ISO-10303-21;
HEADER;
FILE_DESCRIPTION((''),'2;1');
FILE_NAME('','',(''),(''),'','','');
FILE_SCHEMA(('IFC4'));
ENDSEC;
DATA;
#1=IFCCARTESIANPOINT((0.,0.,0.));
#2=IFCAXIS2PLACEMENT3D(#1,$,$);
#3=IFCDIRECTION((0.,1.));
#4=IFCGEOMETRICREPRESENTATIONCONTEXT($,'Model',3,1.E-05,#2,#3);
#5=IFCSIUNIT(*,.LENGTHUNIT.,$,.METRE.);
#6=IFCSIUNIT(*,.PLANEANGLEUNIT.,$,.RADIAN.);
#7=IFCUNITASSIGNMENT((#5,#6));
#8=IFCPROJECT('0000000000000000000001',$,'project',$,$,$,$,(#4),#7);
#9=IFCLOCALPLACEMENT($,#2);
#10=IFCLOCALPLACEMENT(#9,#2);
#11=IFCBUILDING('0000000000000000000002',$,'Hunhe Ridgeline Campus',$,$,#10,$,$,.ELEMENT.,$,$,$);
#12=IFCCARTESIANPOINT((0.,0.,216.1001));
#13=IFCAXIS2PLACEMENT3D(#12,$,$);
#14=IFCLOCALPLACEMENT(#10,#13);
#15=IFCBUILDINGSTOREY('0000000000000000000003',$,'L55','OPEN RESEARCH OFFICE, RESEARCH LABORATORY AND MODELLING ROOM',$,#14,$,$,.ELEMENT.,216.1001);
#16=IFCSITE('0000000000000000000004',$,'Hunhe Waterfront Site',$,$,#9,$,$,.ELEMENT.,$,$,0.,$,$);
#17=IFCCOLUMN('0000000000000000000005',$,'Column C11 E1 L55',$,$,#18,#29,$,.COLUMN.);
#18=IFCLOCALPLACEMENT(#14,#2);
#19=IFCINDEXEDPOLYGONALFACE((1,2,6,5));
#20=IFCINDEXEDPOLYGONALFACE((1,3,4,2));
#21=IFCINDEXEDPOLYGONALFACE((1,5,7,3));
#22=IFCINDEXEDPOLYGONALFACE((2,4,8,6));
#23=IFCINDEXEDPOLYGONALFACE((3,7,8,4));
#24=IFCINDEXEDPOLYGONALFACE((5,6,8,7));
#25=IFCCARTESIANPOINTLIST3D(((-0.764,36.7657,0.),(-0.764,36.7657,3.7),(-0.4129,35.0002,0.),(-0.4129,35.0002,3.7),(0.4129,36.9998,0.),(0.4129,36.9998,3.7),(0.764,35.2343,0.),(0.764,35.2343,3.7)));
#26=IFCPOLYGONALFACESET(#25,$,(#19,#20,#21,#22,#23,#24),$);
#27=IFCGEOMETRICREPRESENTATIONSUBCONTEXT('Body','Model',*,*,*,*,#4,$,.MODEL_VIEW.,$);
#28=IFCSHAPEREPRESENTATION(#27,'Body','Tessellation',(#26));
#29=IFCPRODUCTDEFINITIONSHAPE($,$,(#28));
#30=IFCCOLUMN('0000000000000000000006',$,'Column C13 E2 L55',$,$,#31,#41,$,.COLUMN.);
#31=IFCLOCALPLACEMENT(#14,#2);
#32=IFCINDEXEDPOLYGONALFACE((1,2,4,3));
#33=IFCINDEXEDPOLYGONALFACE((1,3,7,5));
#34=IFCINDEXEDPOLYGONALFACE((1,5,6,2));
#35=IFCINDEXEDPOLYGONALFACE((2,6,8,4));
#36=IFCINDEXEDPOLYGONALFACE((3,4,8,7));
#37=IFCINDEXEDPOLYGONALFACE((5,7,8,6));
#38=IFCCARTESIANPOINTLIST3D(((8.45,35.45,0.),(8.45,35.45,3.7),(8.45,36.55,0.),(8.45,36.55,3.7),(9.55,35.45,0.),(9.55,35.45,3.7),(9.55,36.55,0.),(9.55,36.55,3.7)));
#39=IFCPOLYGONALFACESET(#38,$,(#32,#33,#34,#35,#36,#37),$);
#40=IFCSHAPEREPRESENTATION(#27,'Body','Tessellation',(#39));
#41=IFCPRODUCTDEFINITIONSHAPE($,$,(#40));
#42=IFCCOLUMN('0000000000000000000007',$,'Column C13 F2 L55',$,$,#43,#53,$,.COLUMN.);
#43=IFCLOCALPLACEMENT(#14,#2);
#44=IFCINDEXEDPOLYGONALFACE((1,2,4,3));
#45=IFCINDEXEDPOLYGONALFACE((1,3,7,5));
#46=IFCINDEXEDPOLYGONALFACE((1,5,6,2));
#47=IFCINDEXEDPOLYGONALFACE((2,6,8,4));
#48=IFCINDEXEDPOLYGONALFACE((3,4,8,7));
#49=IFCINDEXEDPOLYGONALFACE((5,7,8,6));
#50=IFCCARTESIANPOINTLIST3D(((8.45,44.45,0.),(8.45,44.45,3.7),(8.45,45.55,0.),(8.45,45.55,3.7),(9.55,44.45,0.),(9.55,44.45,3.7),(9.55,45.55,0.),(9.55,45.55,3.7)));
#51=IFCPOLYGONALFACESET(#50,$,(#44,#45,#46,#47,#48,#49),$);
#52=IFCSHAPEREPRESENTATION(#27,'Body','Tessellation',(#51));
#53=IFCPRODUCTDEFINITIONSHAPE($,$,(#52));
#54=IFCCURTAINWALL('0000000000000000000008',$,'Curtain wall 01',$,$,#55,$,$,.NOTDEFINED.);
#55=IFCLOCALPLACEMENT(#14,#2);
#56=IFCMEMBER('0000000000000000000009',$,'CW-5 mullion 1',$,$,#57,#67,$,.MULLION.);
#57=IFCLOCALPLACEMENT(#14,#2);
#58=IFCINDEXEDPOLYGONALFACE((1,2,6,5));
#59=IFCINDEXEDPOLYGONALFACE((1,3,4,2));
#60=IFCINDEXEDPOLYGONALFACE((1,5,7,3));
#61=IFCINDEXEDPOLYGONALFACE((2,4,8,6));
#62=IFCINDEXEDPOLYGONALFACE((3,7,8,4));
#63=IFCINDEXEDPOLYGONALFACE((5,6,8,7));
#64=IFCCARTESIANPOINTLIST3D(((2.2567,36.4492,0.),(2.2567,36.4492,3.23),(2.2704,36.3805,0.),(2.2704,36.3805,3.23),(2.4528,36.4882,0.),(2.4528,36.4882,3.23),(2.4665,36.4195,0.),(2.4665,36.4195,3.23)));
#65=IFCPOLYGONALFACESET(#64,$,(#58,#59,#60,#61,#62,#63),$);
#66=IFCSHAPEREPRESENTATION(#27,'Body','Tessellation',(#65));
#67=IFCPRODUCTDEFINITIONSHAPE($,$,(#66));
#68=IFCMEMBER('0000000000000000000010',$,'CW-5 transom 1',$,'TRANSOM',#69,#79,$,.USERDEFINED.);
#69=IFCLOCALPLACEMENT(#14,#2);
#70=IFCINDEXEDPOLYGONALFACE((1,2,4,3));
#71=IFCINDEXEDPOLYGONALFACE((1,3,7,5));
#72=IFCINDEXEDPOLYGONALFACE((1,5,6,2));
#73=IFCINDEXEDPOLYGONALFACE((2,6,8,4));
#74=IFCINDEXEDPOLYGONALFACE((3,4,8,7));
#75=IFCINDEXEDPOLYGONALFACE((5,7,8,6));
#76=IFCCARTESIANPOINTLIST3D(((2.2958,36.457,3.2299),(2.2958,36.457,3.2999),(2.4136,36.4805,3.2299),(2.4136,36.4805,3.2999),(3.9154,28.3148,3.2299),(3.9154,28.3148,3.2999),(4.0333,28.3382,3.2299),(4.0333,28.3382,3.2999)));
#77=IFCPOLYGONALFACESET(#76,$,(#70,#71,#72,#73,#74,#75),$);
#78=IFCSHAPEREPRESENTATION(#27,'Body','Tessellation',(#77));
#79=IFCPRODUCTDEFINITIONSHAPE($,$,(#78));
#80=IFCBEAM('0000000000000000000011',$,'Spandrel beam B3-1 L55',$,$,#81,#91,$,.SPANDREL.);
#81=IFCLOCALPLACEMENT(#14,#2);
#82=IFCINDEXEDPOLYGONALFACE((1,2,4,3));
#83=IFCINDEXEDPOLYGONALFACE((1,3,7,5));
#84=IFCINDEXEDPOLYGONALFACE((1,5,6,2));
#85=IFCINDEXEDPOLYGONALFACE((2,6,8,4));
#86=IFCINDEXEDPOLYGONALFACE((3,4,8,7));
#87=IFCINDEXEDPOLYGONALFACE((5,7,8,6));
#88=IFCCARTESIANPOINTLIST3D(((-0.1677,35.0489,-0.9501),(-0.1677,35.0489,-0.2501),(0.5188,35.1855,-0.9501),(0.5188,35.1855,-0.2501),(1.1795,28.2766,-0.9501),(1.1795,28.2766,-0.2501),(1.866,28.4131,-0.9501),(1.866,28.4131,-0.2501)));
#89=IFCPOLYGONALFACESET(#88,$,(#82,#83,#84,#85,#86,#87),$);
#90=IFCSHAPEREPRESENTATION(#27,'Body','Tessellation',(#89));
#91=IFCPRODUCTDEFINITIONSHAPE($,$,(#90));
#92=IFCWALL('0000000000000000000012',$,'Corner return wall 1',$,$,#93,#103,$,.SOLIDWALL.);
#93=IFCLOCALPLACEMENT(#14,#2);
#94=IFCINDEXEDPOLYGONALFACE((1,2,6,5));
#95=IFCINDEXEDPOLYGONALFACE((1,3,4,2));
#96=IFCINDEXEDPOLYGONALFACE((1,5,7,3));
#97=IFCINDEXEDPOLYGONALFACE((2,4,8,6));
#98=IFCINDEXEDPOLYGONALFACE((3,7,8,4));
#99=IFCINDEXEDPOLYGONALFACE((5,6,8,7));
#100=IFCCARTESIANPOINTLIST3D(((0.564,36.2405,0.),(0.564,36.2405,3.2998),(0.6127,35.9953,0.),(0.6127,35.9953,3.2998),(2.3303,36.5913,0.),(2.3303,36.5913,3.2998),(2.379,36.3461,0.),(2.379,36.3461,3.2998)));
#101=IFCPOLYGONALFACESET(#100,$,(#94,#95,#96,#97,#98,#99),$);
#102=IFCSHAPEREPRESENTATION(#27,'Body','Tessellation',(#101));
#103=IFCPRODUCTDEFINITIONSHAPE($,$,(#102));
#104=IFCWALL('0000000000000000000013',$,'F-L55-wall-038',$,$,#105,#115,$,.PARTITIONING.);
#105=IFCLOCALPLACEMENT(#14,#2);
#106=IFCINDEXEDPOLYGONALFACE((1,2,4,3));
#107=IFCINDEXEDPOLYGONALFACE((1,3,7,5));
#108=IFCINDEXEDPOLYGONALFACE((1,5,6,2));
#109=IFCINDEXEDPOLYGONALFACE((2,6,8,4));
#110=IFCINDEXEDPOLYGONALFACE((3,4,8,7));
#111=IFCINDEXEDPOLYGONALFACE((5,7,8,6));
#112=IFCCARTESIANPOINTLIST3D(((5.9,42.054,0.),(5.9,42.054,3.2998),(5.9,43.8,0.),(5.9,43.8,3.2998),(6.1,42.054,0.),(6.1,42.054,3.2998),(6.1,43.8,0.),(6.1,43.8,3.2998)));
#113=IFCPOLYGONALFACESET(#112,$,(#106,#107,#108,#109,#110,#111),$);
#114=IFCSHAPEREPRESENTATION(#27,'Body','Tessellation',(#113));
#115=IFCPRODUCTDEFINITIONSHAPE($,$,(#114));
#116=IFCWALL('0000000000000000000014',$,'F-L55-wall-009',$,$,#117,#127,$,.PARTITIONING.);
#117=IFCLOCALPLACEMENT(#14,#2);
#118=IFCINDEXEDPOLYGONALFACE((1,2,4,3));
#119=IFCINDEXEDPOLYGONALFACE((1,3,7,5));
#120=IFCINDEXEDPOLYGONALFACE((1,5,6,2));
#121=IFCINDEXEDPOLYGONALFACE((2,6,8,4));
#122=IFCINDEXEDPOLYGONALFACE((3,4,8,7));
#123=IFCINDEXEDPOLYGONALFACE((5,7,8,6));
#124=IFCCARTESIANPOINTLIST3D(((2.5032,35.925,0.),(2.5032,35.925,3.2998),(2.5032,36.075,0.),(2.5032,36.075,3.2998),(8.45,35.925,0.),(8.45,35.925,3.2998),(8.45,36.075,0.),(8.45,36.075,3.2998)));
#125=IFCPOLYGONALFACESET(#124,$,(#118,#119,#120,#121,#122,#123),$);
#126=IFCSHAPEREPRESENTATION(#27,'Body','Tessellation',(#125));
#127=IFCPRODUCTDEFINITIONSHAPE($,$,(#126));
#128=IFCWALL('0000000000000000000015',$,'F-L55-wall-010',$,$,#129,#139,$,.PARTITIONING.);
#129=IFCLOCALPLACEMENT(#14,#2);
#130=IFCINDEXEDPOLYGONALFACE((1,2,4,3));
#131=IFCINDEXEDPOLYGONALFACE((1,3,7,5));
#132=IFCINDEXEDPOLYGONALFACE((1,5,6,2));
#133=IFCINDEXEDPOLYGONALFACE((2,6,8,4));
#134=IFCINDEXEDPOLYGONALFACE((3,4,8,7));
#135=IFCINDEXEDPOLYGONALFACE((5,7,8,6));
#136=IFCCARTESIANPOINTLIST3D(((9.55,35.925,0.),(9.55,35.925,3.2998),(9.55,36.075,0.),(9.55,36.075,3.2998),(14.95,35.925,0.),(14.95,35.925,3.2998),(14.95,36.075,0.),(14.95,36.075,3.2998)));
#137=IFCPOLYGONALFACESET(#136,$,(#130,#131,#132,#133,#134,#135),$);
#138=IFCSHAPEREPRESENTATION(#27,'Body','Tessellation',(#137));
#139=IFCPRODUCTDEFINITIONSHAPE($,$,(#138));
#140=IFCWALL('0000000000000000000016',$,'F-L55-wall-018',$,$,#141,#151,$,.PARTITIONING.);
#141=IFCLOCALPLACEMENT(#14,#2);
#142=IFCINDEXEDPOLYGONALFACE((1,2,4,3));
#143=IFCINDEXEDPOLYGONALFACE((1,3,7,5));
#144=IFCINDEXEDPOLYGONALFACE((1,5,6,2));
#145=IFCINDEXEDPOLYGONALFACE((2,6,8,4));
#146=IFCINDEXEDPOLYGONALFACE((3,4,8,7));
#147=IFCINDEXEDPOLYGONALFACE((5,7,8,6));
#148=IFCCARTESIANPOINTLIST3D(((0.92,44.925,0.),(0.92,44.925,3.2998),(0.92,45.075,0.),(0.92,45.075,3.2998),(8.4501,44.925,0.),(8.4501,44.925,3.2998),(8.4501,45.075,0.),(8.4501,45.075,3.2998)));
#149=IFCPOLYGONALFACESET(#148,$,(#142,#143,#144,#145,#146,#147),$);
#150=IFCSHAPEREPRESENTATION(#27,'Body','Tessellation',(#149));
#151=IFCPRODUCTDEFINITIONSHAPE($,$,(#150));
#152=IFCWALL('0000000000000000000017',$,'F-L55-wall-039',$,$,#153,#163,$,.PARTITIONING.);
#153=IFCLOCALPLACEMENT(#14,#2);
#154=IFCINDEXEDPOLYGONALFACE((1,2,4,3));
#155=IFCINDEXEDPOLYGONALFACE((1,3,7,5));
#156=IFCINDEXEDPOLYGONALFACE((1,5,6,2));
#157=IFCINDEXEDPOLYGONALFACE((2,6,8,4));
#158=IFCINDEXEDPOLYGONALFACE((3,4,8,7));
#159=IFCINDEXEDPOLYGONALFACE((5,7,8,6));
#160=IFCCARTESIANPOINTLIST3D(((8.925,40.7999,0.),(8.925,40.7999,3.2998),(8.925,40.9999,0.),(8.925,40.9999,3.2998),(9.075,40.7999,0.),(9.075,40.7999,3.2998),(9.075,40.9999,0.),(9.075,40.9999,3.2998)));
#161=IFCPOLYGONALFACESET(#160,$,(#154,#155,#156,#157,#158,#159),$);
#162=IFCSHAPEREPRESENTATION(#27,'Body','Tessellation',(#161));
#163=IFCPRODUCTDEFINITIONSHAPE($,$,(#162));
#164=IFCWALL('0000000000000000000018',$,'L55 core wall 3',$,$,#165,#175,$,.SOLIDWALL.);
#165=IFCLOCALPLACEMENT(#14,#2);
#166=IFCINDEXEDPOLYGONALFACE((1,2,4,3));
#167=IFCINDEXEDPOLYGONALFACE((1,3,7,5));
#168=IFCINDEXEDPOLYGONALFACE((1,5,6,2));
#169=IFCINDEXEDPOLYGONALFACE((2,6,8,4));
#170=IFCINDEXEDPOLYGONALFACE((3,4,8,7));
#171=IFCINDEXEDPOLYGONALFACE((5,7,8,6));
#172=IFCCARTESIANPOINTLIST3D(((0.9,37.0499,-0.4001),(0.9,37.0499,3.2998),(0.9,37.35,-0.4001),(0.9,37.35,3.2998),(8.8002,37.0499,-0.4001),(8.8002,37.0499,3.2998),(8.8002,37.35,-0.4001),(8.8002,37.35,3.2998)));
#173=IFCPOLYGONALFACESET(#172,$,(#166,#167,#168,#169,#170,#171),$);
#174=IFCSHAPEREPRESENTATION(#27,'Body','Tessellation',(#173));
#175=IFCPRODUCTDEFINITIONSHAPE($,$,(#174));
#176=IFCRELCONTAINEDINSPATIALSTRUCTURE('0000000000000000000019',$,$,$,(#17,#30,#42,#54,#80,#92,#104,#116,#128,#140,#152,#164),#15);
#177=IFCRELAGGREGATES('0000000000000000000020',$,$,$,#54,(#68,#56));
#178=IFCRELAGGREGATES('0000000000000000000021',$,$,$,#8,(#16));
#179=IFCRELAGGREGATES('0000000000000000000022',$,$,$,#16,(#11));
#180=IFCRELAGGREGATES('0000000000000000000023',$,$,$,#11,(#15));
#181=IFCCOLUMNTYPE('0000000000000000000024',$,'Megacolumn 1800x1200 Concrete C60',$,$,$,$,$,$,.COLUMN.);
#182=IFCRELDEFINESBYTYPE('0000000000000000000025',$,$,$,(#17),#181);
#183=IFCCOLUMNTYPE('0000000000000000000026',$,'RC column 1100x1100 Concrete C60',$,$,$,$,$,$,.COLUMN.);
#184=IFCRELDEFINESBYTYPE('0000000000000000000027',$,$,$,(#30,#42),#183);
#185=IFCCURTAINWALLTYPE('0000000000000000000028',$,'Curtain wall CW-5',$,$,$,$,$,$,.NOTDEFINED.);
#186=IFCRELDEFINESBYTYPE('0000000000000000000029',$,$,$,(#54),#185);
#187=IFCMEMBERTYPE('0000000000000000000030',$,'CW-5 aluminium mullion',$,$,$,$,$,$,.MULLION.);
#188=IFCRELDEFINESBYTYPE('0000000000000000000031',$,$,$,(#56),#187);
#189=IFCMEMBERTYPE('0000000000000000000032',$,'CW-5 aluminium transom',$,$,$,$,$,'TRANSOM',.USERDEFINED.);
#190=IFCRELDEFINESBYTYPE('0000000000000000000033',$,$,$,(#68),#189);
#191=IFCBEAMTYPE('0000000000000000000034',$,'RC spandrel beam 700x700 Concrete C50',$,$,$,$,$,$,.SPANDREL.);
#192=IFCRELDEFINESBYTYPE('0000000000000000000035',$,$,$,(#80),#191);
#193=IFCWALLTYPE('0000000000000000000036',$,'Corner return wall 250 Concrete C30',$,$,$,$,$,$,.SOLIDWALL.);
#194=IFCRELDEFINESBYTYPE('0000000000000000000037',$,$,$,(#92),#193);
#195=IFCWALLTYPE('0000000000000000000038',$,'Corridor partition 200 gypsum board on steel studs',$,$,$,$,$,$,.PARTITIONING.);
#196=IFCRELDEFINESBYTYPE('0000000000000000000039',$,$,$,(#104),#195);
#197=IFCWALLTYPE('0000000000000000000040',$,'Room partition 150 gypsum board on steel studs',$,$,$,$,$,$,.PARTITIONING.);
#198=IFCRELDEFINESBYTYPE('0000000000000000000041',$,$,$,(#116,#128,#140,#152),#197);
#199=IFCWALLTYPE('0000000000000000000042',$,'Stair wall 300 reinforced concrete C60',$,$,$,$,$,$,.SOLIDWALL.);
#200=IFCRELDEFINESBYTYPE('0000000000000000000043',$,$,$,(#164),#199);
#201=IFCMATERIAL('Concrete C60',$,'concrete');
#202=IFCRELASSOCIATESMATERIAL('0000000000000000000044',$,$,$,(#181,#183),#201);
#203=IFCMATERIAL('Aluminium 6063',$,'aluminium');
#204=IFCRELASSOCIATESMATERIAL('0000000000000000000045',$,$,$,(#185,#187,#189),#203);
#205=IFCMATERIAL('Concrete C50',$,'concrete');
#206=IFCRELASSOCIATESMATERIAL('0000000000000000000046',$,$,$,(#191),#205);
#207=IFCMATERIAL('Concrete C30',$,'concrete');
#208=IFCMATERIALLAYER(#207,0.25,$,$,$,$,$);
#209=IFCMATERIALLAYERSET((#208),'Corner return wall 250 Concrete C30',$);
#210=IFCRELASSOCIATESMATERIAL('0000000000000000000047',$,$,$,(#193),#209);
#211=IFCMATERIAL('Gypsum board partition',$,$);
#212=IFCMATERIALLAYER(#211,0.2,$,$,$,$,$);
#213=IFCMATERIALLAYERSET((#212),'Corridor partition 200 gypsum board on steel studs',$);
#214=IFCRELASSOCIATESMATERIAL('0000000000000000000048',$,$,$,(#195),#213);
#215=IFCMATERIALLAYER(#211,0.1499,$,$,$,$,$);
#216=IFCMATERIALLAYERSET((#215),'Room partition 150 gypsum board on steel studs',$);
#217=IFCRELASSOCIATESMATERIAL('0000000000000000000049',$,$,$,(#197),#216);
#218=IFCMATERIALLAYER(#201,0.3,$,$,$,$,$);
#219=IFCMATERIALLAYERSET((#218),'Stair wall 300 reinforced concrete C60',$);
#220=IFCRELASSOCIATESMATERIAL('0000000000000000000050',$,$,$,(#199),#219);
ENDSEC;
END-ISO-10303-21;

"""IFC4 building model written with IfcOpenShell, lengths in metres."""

from ifc_helpers import new_model, si_unit, direction, frame, frame_2d, origin, origin_2d, place, context, subcontext, project, spatial, rectangle, extrude, material, layer, layer_set, material_profile, profile_set, type_object, element, aggregate, save


model = new_model("IFC4")

# Units and contexts
model_context = context("Model", 3, precision=1e-05, world=origin(), true_north=direction((0.0, 1.0)))
body_context = subcontext(model_context, "Body", "Model", "MODEL_VIEW")
ifc_project = project(units=[si_unit("LENGTHUNIT", "METRE"), si_unit("PLANEANGLEUNIT", "RADIAN")], contexts=[model_context])

# Site, building, storey
site_placement = place(None, origin())
site = spatial("IfcSite", under=ifc_project, at=site_placement, Name="Hunhe Waterfront Site", CompositionType="ELEMENT", RefElevation=0.0)
building_placement = place(site_placement, origin())
building = spatial("IfcBuilding", under=site, at=building_placement, Name="Hunhe Ridgeline Campus", CompositionType="ELEMENT")
storey_placement = place(building_placement, frame((0.0, 0.0, 216.1001)))
storey = spatial("IfcBuildingStorey", under=building, at=storey_placement, Name="L55", Description="OPEN RESEARCH OFFICE, RESEARCH LABORATORY AND MODELLING ROOM", CompositionType="ELEMENT", Elevation=216.1001)

# Columns
ifc_material_1 = material(Name="Concrete C60", Category="concrete")
ifc_material_profile_1 = material_profile(ifc_material_1, rectangle(XDim=1.8, YDim=1.2, at=origin_2d()))
ifc_profile_set_1 = profile_set([ifc_material_profile_1], Name="Concrete C60")
column_type_1 = type_object("IfcColumnType", Name="Megacolumn 1800x1200 Concrete C60", PredefinedType="COLUMN", material=ifc_profile_set_1)
column_placement = place(storey_placement, frame((0.0, 36.0, 0.0), z_axis=(0.0, 0.0, 1.0), x_axis=(-0.19509, 0.980785, 0.0)))
element("IfcColumn", 1, at=column_placement, inside=storey, type_object=column_type_1, Name="Column C11 E1 L55", PredefinedType="COLUMN", context=body_context, shape_type="SweptSolid", body=[
    extrude(rectangle(XDim=1.8, YDim=1.2, at=origin_2d()), origin(), (0.0, 0.0, 1.0), 3.7),
])
ifc_material_profile_2 = material_profile(ifc_material_1, rectangle(XDim=1.1001, YDim=1.1001, at=origin_2d()))
ifc_profile_set_2 = profile_set([ifc_material_profile_2], Name="Concrete C60")
column_type_2 = type_object("IfcColumnType", Name="RC column 1100x1100 Concrete C60", PredefinedType="COLUMN", material=ifc_profile_set_2)
for number, where, z_axis, x_axis, name in (
    (2, (9.0, 36.0, 0.0), (0.0, 0.0, 1.0), (1.0, 0.0, 0.0), "Column C13 E2 L55"),
    (3, (9.0, 45.0, 0.0), (0.0, 0.0, 1.0), (1.0, 0.0, 0.0), "Column C13 F2 L55"),
):
    element("IfcColumn", number, at=place(storey_placement, frame(where, z_axis=z_axis, x_axis=x_axis)), inside=storey, type_object=column_type_2, Name=name, PredefinedType="COLUMN", context=body_context, shape_type="SweptSolid", body=[
        extrude(rectangle(XDim=1.1001, YDim=1.1001, at=origin_2d()), origin(), (0.0, 0.0, 1.0), 3.7),
    ])

# Curtain wall, members
ifc_material_2 = material(Name="Aluminium 6063", Category="aluminium")
curtain_wall_type = type_object("IfcCurtainWallType", Name="Curtain wall CW-5", PredefinedType="NOTDEFINED", material=ifc_material_2)
curtain_wall_placement = place(storey_placement, origin())
curtain_wall = element("IfcCurtainWall", 4, at=curtain_wall_placement, inside=storey, type_object=curtain_wall_type, Name="Curtain wall 01", PredefinedType="NOTDEFINED")
ifc_material_profile_3 = material_profile(ifc_material_2, rectangle(XDim=0.2, YDim=0.0701, at=origin_2d()))
ifc_profile_set_3 = profile_set([ifc_material_profile_3], Name="Aluminium 6063")
member_type_1 = type_object("IfcMemberType", Name="CW-5 aluminium mullion", PredefinedType="MULLION", material=ifc_profile_set_3)
member_1_placement = place(storey_placement, frame((2.3616, 36.4343, 0.0), z_axis=(0.0, 0.0, 1.0), x_axis=(0.980784, 0.195095, 0.0)))
member_1 = element("IfcMember", 5, at=member_1_placement, type_object=member_type_1, Name="CW-5 mullion 1", PredefinedType="MULLION", context=body_context, shape_type="SweptSolid", body=[
    extrude(rectangle(XDim=0.2, YDim=0.0701, at=origin_2d()), origin(), (0.0, 0.0, 1.0), 3.23),
])
ifc_material_profile_4 = material_profile(ifc_material_2, rectangle(XDim=0.1201, YDim=0.0701, at=origin_2d()))
ifc_profile_set_4 = profile_set([ifc_material_profile_4], Name="Aluminium 6063")
member_type_2 = type_object("IfcMemberType", Name="CW-5 aluminium transom", ElementType="TRANSOM", PredefinedType="USERDEFINED", material=ifc_profile_set_4)
member_2_placement = place(storey_placement, frame((2.3547, 36.4688, 3.2649), z_axis=(0.195092, -0.980785, 0.0), x_axis=(0.980785, 0.195092, 0.0)))
member_2 = element("IfcMember", 6, at=member_2_placement, type_object=member_type_2, Name="CW-5 transom 1", ObjectType="TRANSOM", PredefinedType="USERDEFINED", context=body_context, shape_type="SweptSolid", body=[
    extrude(rectangle(XDim=0.1201, YDim=0.0701, at=origin_2d()), origin(), (0.0, 0.0, 1.0), 8.3018),
])
aggregate(curtain_wall, [member_2, member_1])

# Beam
ifc_material_3 = material(Name="Concrete C50", Category="concrete")
ifc_material_profile_5 = material_profile(ifc_material_3, rectangle(XDim=0.7, YDim=0.7, at=origin_2d()))
ifc_profile_set_5 = profile_set([ifc_material_profile_5], Name="Concrete C50")
beam_type = type_object("IfcBeamType", Name="RC spandrel beam 700x700 Concrete C50", PredefinedType="SPANDREL", material=ifc_profile_set_5)
beam_placement = place(storey_placement, frame((0.1755, 35.1172, -0.6001), z_axis=(0.195103, -0.980783, 0.0), x_axis=(0.980783, 0.195103, 0.0)))
element("IfcBeam", 7, at=beam_placement, inside=storey, type_object=beam_type, Name="Spandrel beam B3-1 L55", PredefinedType="SPANDREL", context=body_context, shape_type="SweptSolid", body=[
    extrude(rectangle(XDim=0.7, YDim=0.7, at=origin_2d()), origin(), (0.0, 0.0, 1.0), 6.905),
])

# Wall
ifc_material_4 = material(Name="Concrete C30", Category="concrete")
ifc_layer_1 = layer(ifc_material_4, 0.25)
ifc_layer_set_1 = layer_set([ifc_layer_1], Name="Corner return wall 250 Concrete C30")
wall_type_1 = type_object("IfcWallType", Name="Corner return wall 250 Concrete C30", PredefinedType="SOLIDWALL", material=ifc_layer_set_1)
wall_1_placement = place(storey_placement, frame((0.5884, 36.1179, 0.0), z_axis=(0.0, 0.0, 1.0), x_axis=(0.980841, 0.194812, 0.0)))
element("IfcWall", 8, at=wall_1_placement, inside=storey, type_object=wall_type_1, Name="Corner return wall 1", PredefinedType="SOLIDWALL", context=body_context, shape_type="SweptSolid", body=[
    extrude(rectangle(XDim=1.8008, YDim=0.25, at=frame_2d((0.9004, 0.0))), origin(), (0.0, 0.0, 1.0), 3.2998),
])

# Shared definitions
ifc_material_5 = material(Name="Gypsum board partition")
ifc_layer_2 = layer(ifc_material_5, 0.2)
ifc_layer_set_2 = layer_set([ifc_layer_2], Name="Corridor partition 200 gypsum board on steel studs")
wall_type_2 = type_object("IfcWallType", Name="Corridor partition 200 gypsum board on steel studs", PredefinedType="PARTITIONING", material=ifc_layer_set_2)

# Walls
wall_2_placement = place(storey_placement, frame((6.0, 42.054, 0.0), z_axis=(0.0, 0.0, 1.0), x_axis=(0.0, 1.0, 0.0)))
element("IfcWall", 9, at=wall_2_placement, inside=storey, type_object=wall_type_2, Name="F-L55-wall-038", PredefinedType="PARTITIONING", context=body_context, shape_type="SweptSolid", body=[
    extrude(rectangle(XDim=1.7461, YDim=0.2, at=frame_2d((0.873, 0.0))), origin(), (0.0, 0.0, 1.0), 3.2998),
])
ifc_layer_3 = layer(ifc_material_5, 0.1499)
ifc_layer_set_3 = layer_set([ifc_layer_3], Name="Room partition 150 gypsum board on steel studs")
wall_type_3 = type_object("IfcWallType", Name="Room partition 150 gypsum board on steel studs", PredefinedType="PARTITIONING", material=ifc_layer_set_3)
wall_3_placement = place(storey_placement, frame((2.5032, 36.0, 0.0), z_axis=(0.0, 0.0, 1.0), x_axis=(1.0, 0.0, 0.0)))
element("IfcWall", 10, at=wall_3_placement, inside=storey, type_object=wall_type_3, Name="F-L55-wall-009", PredefinedType="PARTITIONING", context=body_context, shape_type="SweptSolid", body=[
    extrude(rectangle(XDim=5.9468, YDim=0.1499, at=frame_2d((2.9734, 0.0))), origin(), (0.0, 0.0, 1.0), 3.2998),
])
wall_4_placement = place(storey_placement, frame((9.55, 36.0, 0.0), z_axis=(0.0, 0.0, 1.0), x_axis=(1.0, 0.0, 0.0)))
element("IfcWall", 11, at=wall_4_placement, inside=storey, type_object=wall_type_3, Name="F-L55-wall-010", PredefinedType="PARTITIONING", context=body_context, shape_type="SweptSolid", body=[
    extrude(rectangle(XDim=5.3999, YDim=0.1499, at=frame_2d((2.7, 0.0))), origin(), (0.0, 0.0, 1.0), 3.2998),
])
wall_5_placement = place(storey_placement, frame((0.9199, 45.0, 0.0), z_axis=(0.0, 0.0, 1.0), x_axis=(1.0, 0.0, 0.0)))
element("IfcWall", 12, at=wall_5_placement, inside=storey, type_object=wall_type_3, Name="F-L55-wall-018", PredefinedType="PARTITIONING", context=body_context, shape_type="SweptSolid", body=[
    extrude(rectangle(XDim=7.53, YDim=0.1499, at=frame_2d((3.7651, 0.0))), origin(), (0.0, 0.0, 1.0), 3.2998),
])
wall_6_placement = place(storey_placement, frame((9.0, 41.0, 0.0), z_axis=(0.0, 0.0, 1.0), x_axis=(0.0, -1.0, 0.0)))
element("IfcWall", 13, at=wall_6_placement, inside=storey, type_object=wall_type_3, Name="F-L55-wall-039", PredefinedType="PARTITIONING", context=body_context, shape_type="SweptSolid", body=[
    extrude(rectangle(XDim=0.2, YDim=0.1499, at=frame_2d((0.1001, 0.0))), origin(), (0.0, 0.0, 1.0), 3.2998),
])
ifc_layer_4 = layer(ifc_material_1, 0.3)
ifc_layer_set_4 = layer_set([ifc_layer_4], Name="Stair wall 300 reinforced concrete C60")
wall_type_4 = type_object("IfcWallType", Name="Stair wall 300 reinforced concrete C60", PredefinedType="SOLIDWALL", material=ifc_layer_set_4)
wall_7_placement = place(storey_placement, frame((0.8999, 37.2, -0.4001), z_axis=(0.0, 0.0, 1.0), x_axis=(1.0, 0.0, 0.0)))
element("IfcWall", 14, at=wall_7_placement, inside=storey, type_object=wall_type_4, Name="L55 core wall 3", PredefinedType="SOLIDWALL", context=body_context, shape_type="SweptSolid", body=[
    extrude(rectangle(XDim=7.9001, YDim=0.3, at=frame_2d((3.9502, 0.0))), origin(), (0.0, 0.0, 1.0), 3.7),
])

save(model, "model.ifc")
